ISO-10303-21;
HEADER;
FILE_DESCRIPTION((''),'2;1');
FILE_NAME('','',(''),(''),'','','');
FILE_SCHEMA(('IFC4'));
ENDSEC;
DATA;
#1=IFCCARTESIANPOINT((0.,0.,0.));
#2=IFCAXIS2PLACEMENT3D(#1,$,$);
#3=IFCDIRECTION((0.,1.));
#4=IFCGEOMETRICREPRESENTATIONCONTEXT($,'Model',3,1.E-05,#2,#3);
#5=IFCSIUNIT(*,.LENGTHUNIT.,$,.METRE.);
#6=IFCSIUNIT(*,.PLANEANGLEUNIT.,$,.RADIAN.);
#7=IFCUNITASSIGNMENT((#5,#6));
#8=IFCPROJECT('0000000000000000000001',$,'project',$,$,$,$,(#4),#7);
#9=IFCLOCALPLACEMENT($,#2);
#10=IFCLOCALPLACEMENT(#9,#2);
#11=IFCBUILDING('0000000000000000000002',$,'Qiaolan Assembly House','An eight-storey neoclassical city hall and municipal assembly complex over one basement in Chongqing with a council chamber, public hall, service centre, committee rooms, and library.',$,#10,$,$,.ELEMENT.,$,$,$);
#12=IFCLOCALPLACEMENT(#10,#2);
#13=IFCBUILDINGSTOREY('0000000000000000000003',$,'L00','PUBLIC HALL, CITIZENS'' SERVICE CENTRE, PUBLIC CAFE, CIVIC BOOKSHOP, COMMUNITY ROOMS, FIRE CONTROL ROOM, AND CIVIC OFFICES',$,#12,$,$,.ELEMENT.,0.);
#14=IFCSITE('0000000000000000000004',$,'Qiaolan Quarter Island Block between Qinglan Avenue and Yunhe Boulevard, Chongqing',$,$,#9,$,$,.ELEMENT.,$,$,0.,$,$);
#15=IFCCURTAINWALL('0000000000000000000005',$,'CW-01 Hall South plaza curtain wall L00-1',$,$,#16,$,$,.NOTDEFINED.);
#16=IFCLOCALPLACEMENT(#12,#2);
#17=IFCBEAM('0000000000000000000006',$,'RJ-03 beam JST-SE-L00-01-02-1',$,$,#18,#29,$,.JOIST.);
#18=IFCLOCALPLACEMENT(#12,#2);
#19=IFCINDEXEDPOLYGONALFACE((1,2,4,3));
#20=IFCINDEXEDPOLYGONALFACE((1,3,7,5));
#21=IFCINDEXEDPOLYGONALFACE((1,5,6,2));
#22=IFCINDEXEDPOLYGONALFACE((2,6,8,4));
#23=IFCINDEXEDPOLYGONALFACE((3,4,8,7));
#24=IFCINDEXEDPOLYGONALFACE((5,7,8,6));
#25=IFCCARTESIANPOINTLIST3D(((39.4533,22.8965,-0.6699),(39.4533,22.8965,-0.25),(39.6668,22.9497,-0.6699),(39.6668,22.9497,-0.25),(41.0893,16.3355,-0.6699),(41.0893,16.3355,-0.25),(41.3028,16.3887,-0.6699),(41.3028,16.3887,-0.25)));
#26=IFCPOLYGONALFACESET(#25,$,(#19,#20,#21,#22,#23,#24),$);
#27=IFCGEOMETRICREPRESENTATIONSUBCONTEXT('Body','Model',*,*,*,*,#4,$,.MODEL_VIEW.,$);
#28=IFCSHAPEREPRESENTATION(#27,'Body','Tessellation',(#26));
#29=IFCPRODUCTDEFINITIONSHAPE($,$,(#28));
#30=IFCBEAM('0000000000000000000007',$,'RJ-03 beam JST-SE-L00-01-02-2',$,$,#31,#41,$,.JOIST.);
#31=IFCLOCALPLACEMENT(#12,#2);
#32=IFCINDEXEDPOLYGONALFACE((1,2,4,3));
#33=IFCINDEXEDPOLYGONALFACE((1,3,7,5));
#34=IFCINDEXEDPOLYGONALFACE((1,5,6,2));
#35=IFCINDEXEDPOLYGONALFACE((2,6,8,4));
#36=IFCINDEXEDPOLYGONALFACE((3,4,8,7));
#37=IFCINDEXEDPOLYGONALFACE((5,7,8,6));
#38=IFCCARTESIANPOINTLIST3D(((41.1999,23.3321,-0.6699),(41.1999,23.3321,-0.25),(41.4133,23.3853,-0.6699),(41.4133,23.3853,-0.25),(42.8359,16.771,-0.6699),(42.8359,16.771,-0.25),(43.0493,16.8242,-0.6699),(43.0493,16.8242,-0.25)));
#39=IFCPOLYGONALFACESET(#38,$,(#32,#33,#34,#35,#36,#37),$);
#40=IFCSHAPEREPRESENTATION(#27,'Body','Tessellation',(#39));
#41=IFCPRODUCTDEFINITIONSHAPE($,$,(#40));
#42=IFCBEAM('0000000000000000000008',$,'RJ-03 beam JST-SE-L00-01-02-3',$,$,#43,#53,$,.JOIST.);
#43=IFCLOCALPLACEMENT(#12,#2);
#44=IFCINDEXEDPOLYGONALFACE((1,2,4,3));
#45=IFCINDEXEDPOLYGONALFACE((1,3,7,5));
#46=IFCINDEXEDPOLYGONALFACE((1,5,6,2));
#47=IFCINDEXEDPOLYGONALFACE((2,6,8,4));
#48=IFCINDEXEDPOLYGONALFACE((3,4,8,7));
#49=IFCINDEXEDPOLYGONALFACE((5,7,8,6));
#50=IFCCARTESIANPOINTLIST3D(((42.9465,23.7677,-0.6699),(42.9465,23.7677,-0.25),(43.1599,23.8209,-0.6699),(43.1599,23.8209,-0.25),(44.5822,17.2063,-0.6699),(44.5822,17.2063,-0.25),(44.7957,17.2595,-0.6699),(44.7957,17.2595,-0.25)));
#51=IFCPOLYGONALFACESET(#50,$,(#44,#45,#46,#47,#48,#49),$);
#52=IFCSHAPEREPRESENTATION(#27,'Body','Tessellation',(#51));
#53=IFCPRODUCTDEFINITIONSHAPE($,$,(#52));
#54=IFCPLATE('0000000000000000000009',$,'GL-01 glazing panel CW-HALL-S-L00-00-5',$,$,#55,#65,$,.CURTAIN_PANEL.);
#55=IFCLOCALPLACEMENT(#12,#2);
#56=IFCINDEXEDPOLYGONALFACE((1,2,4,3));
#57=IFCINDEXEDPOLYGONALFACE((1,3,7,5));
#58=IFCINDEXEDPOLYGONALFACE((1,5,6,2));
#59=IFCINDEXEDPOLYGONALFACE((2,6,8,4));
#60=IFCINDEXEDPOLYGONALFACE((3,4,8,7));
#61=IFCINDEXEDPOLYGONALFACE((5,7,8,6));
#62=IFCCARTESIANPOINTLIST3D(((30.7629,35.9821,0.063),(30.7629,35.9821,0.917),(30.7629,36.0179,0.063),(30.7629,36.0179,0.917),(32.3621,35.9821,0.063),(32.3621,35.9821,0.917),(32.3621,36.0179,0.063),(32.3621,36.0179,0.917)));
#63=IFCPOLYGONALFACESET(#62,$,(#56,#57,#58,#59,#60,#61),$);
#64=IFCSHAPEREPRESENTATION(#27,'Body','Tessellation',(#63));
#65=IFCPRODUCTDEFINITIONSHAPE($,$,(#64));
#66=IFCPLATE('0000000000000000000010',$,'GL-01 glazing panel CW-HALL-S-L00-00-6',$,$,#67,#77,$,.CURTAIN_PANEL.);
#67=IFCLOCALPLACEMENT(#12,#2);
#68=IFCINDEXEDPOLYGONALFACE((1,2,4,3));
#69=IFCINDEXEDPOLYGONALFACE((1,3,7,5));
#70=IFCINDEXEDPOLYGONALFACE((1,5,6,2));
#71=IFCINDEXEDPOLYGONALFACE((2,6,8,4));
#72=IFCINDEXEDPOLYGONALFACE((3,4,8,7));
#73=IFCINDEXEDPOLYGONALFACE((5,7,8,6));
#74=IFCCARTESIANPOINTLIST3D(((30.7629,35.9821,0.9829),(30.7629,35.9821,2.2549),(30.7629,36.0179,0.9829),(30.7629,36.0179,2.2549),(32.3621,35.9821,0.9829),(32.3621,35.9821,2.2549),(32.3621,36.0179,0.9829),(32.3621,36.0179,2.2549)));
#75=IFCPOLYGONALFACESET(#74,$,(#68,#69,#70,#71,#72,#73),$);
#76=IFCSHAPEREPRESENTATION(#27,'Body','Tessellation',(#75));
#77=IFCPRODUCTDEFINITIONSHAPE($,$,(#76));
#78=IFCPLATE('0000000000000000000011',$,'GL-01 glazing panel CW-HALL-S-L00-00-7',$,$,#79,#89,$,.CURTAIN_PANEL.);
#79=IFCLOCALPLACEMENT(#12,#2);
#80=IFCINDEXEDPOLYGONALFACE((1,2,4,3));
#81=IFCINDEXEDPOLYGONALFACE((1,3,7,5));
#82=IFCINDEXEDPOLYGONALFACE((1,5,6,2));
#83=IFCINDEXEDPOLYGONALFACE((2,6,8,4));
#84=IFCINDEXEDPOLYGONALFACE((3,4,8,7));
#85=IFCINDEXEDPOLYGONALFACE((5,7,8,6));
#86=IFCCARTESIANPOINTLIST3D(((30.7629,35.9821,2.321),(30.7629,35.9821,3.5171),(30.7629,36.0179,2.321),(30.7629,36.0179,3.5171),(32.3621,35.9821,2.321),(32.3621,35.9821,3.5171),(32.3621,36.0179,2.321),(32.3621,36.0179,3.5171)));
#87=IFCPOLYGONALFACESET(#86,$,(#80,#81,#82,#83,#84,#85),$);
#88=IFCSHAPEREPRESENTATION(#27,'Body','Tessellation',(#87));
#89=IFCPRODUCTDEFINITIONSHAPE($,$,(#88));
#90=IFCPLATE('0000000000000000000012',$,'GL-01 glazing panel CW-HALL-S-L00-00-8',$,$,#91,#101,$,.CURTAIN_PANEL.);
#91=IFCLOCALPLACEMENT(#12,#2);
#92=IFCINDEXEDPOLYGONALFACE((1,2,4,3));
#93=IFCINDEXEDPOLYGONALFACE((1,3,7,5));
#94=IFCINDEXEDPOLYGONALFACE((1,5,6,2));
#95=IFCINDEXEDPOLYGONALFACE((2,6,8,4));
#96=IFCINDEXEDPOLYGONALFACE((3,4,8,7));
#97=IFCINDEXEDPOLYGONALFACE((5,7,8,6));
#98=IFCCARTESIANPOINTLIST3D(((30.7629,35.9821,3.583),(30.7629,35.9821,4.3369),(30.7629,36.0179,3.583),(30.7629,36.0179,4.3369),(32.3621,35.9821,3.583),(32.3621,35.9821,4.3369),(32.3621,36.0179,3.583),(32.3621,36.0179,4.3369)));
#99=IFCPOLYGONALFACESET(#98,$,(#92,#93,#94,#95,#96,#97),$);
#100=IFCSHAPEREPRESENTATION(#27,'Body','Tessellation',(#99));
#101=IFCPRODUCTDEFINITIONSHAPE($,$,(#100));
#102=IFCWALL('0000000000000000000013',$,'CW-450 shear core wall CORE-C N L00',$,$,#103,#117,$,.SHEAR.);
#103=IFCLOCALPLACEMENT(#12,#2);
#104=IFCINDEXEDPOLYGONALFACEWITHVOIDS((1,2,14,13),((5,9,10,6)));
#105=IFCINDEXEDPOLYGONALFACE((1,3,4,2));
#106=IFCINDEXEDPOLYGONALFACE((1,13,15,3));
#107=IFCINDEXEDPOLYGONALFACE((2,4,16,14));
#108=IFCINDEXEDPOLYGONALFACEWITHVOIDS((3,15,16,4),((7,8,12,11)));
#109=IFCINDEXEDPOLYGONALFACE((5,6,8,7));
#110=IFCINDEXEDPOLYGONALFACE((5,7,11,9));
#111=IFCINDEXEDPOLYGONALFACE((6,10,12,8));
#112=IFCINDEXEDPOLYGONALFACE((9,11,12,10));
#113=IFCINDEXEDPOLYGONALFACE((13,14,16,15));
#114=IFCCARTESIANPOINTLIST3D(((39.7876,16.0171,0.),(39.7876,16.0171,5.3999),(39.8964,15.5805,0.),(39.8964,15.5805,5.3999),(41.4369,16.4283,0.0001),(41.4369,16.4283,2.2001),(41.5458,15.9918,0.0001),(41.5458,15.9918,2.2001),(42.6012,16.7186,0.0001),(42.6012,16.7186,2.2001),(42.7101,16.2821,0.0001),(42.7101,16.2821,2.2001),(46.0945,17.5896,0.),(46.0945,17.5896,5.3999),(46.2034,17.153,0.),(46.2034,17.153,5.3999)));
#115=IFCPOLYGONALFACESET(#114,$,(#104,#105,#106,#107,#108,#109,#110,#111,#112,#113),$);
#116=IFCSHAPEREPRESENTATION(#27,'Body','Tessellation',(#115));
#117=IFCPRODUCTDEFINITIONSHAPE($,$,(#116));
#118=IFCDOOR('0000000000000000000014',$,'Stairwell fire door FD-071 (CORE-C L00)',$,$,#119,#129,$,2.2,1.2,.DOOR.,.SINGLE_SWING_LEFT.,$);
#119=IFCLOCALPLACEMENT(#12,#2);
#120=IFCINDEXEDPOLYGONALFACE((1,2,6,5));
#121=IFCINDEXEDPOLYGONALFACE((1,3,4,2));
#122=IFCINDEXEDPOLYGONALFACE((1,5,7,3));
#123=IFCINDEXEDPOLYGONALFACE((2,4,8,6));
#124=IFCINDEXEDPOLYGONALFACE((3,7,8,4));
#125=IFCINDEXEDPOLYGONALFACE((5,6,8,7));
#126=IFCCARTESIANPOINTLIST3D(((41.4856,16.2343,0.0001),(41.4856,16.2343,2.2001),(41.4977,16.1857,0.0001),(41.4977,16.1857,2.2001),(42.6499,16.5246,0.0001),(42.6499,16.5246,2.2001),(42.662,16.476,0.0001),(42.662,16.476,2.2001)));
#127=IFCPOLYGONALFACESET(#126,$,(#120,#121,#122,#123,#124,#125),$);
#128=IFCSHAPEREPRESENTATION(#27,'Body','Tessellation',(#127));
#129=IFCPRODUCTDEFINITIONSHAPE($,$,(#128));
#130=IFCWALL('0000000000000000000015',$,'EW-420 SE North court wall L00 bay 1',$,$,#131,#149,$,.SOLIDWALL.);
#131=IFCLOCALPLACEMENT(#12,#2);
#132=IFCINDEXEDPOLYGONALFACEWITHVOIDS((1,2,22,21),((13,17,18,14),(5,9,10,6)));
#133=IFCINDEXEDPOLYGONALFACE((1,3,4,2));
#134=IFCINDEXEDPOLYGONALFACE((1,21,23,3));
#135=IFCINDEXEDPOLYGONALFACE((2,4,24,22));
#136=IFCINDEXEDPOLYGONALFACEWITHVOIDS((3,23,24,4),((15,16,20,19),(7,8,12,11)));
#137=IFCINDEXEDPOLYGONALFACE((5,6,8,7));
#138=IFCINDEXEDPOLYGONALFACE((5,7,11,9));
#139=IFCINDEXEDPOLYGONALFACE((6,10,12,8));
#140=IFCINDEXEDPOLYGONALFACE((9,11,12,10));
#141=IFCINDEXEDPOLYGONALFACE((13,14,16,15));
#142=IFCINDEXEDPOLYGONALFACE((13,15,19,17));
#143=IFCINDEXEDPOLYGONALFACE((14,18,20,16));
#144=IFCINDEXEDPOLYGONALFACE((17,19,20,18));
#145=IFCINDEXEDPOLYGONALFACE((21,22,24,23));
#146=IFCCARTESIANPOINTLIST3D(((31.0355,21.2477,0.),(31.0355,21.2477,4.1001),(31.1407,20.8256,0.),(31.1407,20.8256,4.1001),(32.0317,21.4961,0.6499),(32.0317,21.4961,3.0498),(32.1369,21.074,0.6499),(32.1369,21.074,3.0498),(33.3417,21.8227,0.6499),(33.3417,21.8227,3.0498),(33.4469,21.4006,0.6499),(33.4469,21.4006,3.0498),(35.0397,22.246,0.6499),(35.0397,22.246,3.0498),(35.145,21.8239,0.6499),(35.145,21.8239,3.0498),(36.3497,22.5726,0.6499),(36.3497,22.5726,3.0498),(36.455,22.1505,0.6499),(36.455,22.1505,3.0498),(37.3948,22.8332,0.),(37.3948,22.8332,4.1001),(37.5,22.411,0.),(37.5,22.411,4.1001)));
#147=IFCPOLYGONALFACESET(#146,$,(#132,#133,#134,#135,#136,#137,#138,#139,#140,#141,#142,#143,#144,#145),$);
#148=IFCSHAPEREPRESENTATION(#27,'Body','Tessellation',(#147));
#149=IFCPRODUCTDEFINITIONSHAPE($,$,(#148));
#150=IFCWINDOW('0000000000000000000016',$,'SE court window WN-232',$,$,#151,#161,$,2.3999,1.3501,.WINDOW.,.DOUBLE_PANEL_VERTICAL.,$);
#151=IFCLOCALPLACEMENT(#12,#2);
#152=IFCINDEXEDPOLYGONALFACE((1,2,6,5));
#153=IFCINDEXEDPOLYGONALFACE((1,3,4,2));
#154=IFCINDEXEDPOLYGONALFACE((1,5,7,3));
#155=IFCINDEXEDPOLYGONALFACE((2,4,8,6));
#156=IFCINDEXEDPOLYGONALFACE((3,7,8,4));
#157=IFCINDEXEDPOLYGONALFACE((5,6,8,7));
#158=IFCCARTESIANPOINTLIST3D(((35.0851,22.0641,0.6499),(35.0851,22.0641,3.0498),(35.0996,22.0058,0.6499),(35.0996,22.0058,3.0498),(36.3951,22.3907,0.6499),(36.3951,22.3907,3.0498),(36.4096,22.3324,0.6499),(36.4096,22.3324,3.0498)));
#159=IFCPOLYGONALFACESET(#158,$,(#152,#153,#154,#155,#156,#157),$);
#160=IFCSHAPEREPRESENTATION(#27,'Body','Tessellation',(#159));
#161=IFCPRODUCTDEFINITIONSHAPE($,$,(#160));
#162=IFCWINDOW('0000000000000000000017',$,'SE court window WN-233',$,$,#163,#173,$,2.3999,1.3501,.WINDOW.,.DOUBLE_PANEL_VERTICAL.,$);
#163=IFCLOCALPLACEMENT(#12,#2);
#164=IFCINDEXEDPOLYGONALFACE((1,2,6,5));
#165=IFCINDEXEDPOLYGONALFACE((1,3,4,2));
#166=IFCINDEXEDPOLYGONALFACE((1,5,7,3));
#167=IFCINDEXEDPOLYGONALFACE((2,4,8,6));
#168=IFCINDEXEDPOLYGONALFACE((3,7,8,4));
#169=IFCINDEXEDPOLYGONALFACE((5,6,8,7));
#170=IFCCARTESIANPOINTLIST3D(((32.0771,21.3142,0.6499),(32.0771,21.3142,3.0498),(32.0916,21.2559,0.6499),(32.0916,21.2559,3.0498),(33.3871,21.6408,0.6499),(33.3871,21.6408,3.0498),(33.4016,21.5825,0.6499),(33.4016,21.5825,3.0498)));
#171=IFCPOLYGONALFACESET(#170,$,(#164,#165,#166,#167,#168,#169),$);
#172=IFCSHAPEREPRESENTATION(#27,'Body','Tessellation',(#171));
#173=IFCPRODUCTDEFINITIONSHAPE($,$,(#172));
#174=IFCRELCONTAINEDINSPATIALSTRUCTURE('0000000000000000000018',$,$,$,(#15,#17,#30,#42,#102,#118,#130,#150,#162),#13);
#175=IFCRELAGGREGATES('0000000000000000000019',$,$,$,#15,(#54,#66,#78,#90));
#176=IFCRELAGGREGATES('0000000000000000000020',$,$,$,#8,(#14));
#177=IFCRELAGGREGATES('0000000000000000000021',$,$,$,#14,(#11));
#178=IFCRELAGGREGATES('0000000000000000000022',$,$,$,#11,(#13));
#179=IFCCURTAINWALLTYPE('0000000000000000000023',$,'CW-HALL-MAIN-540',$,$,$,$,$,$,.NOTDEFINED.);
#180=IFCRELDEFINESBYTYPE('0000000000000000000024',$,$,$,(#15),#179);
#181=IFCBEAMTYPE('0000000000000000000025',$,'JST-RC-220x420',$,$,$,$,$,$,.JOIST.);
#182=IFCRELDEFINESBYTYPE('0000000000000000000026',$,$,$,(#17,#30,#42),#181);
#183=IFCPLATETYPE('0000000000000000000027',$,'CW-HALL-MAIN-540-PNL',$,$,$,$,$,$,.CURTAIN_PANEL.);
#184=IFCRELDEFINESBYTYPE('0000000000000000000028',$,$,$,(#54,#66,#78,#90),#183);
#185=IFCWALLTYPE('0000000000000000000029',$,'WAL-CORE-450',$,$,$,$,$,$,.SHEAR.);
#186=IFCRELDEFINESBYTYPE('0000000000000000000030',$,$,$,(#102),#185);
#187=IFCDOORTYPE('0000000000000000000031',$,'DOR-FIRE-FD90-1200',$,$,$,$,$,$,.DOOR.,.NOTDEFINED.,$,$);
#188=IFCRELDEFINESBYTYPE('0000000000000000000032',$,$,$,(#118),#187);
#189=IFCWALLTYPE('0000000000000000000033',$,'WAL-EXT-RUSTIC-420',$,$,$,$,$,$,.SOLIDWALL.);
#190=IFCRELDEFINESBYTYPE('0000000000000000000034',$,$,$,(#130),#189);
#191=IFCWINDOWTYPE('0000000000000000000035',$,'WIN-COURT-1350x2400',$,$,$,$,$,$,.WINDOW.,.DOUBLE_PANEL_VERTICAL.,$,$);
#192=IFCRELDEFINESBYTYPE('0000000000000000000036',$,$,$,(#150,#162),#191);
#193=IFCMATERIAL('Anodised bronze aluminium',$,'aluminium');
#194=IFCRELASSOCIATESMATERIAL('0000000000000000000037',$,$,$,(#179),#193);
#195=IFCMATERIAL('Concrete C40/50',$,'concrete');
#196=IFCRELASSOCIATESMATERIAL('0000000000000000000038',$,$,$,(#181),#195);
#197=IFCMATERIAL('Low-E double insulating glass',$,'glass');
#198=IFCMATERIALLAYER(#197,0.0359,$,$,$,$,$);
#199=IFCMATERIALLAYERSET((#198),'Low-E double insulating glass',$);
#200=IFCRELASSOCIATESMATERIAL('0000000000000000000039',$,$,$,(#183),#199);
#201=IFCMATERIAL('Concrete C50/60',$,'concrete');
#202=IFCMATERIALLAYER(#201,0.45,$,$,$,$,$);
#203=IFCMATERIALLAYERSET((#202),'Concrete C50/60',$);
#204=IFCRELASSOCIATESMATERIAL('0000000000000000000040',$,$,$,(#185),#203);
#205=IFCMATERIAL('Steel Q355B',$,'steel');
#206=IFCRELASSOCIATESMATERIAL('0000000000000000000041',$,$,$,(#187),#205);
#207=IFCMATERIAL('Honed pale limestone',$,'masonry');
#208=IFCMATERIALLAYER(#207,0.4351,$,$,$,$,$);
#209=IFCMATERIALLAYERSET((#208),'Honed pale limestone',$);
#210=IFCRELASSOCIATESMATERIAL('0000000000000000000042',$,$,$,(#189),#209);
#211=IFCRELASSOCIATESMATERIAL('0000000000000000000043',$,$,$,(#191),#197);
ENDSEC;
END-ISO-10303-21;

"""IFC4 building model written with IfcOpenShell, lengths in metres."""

from ifc_helpers import new_model, si_unit, direction, frame, frame_2d, origin, origin_2d, place, context, subcontext, project, spatial, rectangle, extrude, material, layer, layer_set, material_profile, profile_set, type_object, element, fill, aggregate, save


model = new_model("IFC4")

# Units and contexts
model_context = context("Model", 3, precision=1e-05, world=origin(), true_north=direction((0.0, 1.0)))
body_context = subcontext(model_context, "Body", "Model", "MODEL_VIEW")
ifc_project = project(units=[si_unit("LENGTHUNIT", "METRE"), si_unit("PLANEANGLEUNIT", "RADIAN")], contexts=[model_context])

# Site, building, storey
site_placement = place(None, origin())
site = spatial("IfcSite", under=ifc_project, at=site_placement, Name="Qiaolan Quarter Island Block between Qinglan Avenue and Yunhe Boulevard, Chongqing", CompositionType="ELEMENT", RefElevation=0.0)
building_placement = place(site_placement, origin())
building = spatial("IfcBuilding", under=site, at=building_placement, Name="Qiaolan Assembly House", Description="An eight-storey neoclassical city hall and municipal assembly complex over one basement in Chongqing with a council chamber, public hall, service centre, committee rooms, and library.", CompositionType="ELEMENT")
storey_placement = place(building_placement, origin())
storey = spatial("IfcBuildingStorey", under=building, at=storey_placement, Name="L00", Description="PUBLIC HALL, CITIZENS' SERVICE CENTRE, PUBLIC CAFE, CIVIC BOOKSHOP, COMMUNITY ROOMS, FIRE CONTROL ROOM, AND CIVIC OFFICES", CompositionType="ELEMENT", Elevation=0.0)

# Shared definitions
ifc_material_1 = material(Name="Concrete C50/60", Category="concrete")

# Shared definitions
ifc_material_2 = material(Name="Concrete C40/50", Category="concrete")

# Curtain wall
ifc_material_3 = material(Name="Anodised bronze aluminium", Category="aluminium")
curtain_wall_type = type_object("IfcCurtainWallType", Name="CW-HALL-MAIN-540", PredefinedType="NOTDEFINED", material=ifc_material_3)
curtain_wall_placement = place(storey_placement, origin())
curtain_wall = element("IfcCurtainWall", 1, at=curtain_wall_placement, inside=storey, type_object=curtain_wall_type, Name="CW-01 Hall South plaza curtain wall L00-1", PredefinedType="NOTDEFINED")

# Beams
ifc_material_profile_1 = material_profile(ifc_material_2, rectangle(XDim=0.22, YDim=0.4199, at=origin_2d()), Name="RCB 220x420")
ifc_profile_set_1 = profile_set([ifc_material_profile_1], Name="Concrete C40/50")
beam_type_1 = type_object("IfcBeamType", Name="JST-RC-220x420", PredefinedType="JOIST", material=ifc_profile_set_1)
for number, where, z_axis, x_axis, name in (
    (2, (41.196, 16.3621, -0.46), (-0.241941, 0.970291, 0.0), (-0.970291, -0.241941, 0.0), "RJ-03 beam JST-SE-L00-01-02-1"),
    (3, (42.9426, 16.7976, -0.46), (-0.241941, 0.970291, 0.0), (-0.970291, -0.241941, 0.0), "RJ-03 beam JST-SE-L00-01-02-2"),
):
    element("IfcBeam", number, at=place(storey_placement, frame(where, z_axis=z_axis, x_axis=x_axis)), inside=storey, type_object=beam_type_1, Name=name, PredefinedType="JOIST", context=body_context, shape_type="SweptSolid", body=[
        extrude(rectangle(XDim=0.22, YDim=0.4199, at=origin_2d()), origin(), (0.0, 0.0, 1.0), 6.762),
    ])
beam_1_placement = place(storey_placement, frame((44.689, 17.2329, -0.46), z_axis=(-0.241898, 0.970302, 0.0), x_axis=(-0.970302, -0.241898, 0.0)))
element("IfcBeam", 4, at=beam_1_placement, inside=storey, type_object=beam_type_1, Name="RJ-03 beam JST-SE-L00-01-02-3", PredefinedType="JOIST", context=body_context, shape_type="SweptSolid", body=[
    extrude(rectangle(XDim=0.22, YDim=0.4199, at=origin_2d()), origin(), (0.0, 0.0, 1.0), 6.7622),
])

# Plates
ifc_material_4 = material(Name="Low-E double insulating glass", Category="glass")
ifc_layer_1 = layer(ifc_material_4, 0.0359)
ifc_layer_set_1 = layer_set([ifc_layer_1], Name="Low-E double insulating glass")
plate_type = type_object("IfcPlateType", Name="CW-HALL-MAIN-540-PNL", PredefinedType="CURTAIN_PANEL", material=ifc_layer_set_1)
plate_1_placement = place(storey_placement, frame((30.7629, 36.0, 0.063), z_axis=(0.0, 0.0, 1.0), x_axis=(1.0, 0.0, 0.0)))
plate_1 = element("IfcPlate", 5, at=plate_1_placement, type_object=plate_type, Name="GL-01 glazing panel CW-HALL-S-L00-00-5", PredefinedType="CURTAIN_PANEL", context=body_context, shape_type="SweptSolid", body=[
    extrude(rectangle(XDim=1.5991, YDim=0.0359, at=frame_2d((0.7996, 0.0))), origin(), (0.0, 0.0, 1.0), 0.854),
])
plate_2_placement = place(storey_placement, frame((30.7629, 36.0, 0.9829), z_axis=(0.0, 0.0, 1.0), x_axis=(1.0, 0.0, 0.0)))
plate_2 = element("IfcPlate", 6, at=plate_2_placement, type_object=plate_type, Name="GL-01 glazing panel CW-HALL-S-L00-00-6", PredefinedType="CURTAIN_PANEL", context=body_context, shape_type="SweptSolid", body=[
    extrude(rectangle(XDim=1.5991, YDim=0.0359, at=frame_2d((0.7996, 0.0))), origin(), (0.0, 0.0, 1.0), 1.272),
])
plate_3_placement = place(storey_placement, frame((30.7629, 36.0, 2.321), z_axis=(0.0, 0.0, 1.0), x_axis=(1.0, 0.0, 0.0)))
plate_3 = element("IfcPlate", 7, at=plate_3_placement, type_object=plate_type, Name="GL-01 glazing panel CW-HALL-S-L00-00-7", PredefinedType="CURTAIN_PANEL", context=body_context, shape_type="SweptSolid", body=[
    extrude(rectangle(XDim=1.5991, YDim=0.0359, at=frame_2d((0.7996, 0.0))), origin(), (0.0, 0.0, 1.0), 1.196),
])
plate_4_placement = place(storey_placement, frame((30.7629, 36.0, 3.583), z_axis=(0.0, 0.0, 1.0), x_axis=(1.0, 0.0, 0.0)))
plate_4 = element("IfcPlate", 8, at=plate_4_placement, type_object=plate_type, Name="GL-01 glazing panel CW-HALL-S-L00-00-8", PredefinedType="CURTAIN_PANEL", context=body_context, shape_type="SweptSolid", body=[
    extrude(rectangle(XDim=1.5991, YDim=0.0359, at=frame_2d((0.7996, 0.0))), origin(), (0.0, 0.0, 1.0), 0.7539),
])
aggregate(curtain_wall, [plate_1, plate_2, plate_3, plate_4])

# Wall, opening, door
ifc_layer_2 = layer(ifc_material_1, 0.45)
ifc_layer_set_2 = layer_set([ifc_layer_2], Name="Concrete C50/60")
wall_type_1 = type_object("IfcWallType", Name="WAL-CORE-450", PredefinedType="SHEAR", material=ifc_layer_set_2)
wall_1_placement = place(storey_placement, frame((46.1489, 17.3713, 0.0), z_axis=(0.0, 0.0, 1.0), x_axis=(-0.970295, -0.241926, 0.0)))
wall_1 = element("IfcWall", 9, at=wall_1_placement, inside=storey, type_object=wall_type_1, Name="CW-450 shear core wall CORE-C N L00", PredefinedType="SHEAR", context=body_context, shape_type="SweptSolid", body=[
    extrude(rectangle(XDim=6.5, YDim=0.45, at=frame_2d((3.25, 0.0))), origin(), (0.0, 0.0, 1.0), 5.3999),
])
opening_1_placement = place(wall_1_placement, frame((3.6001, 0.0, 0.0)))
opening_1 = element("IfcOpeningElement", 10, at=opening_1_placement, cuts=wall_1, PredefinedType="OPENING", context=body_context, shape_type="SweptSolid", body=[
    extrude(rectangle(XDim=1.2, YDim=2.2, at=frame_2d((0.6001, 1.1001))), frame((0.0, 0.2349, 0.0), z_axis=(0.0, -1.0, 0.0), x_axis=(1.0, 0.0, 0.0)), (0.0, 0.0, 1.0), 0.47),
])
ifc_material_5 = material(Name="Steel Q355B", Category="steel")
door_type_1 = type_object("IfcDoorType", Name="DOR-FIRE-FD90-1200", OperationType="NOTDEFINED", PredefinedType="DOOR", material=ifc_material_5)
door_1_placement = place(opening_1_placement, frame((1.2, 0.0, 0.0), z_axis=(0.0, 0.0, 1.0), x_axis=(-1.0, 0.0, 0.0)))
door_1 = element("IfcDoor", 11, at=door_1_placement, inside=storey, type_object=door_type_1, Name="Stairwell fire door FD-071 (CORE-C L00)", OperationType="SINGLE_SWING_LEFT", OverallHeight=2.2, OverallWidth=1.2, PredefinedType="DOOR", context=body_context, shape_type="SweptSolid", body=[
    extrude(rectangle(XDim=1.2, YDim=2.2, at=frame_2d((0.6001, 1.1001))), frame((0.0, 0.0249, 0.0), z_axis=(0.0, -1.0, 0.0), x_axis=(1.0, 0.0, 0.0)), (0.0, 0.0, 1.0), 0.05),
])
fill(opening_1, door_1)

# Wall, openings, windows
ifc_material_6 = material(Name="Honed pale limestone", Category="masonry")
ifc_layer_3 = layer(ifc_material_6, 0.4351)
ifc_layer_set_3 = layer_set([ifc_layer_3], Name="Honed pale limestone")
wall_type_2 = type_object("IfcWallType", Name="WAL-EXT-RUSTIC-420", PredefinedType="SOLIDWALL", material=ifc_layer_set_3)
wall_2_placement = place(storey_placement, frame((37.4473, 22.6221, 0.0), z_axis=(0.0, 0.0, 1.0), x_axis=(-0.9703, -0.241905, 0.0)))
wall_2 = element("IfcWall", 12, at=wall_2_placement, inside=storey, type_object=wall_type_2, Name="EW-420 SE North court wall L00 bay 1", PredefinedType="SOLIDWALL", context=body_context, shape_type="SweptSolid", body=[
    extrude(rectangle(XDim=6.554, YDim=0.4351, at=frame_2d((3.2769, 0.0))), origin(), (0.0, 0.0, 1.0), 4.1001),
])
opening_2_placement = place(wall_2_placement, frame((1.0769, 0.0, 0.6499)))
opening_2 = element("IfcOpeningElement", 13, at=opening_2_placement, cuts=wall_2, PredefinedType="OPENING", context=body_context, shape_type="SweptSolid", body=[
    extrude(rectangle(XDim=1.3501, YDim=2.3999, at=frame_2d((0.675, 1.2))), frame((0.0, 0.2275, 0.0), z_axis=(0.0, -1.0, 0.0), x_axis=(1.0, 0.0, 0.0)), (0.0, 0.0, 1.0), 0.4551),
])
opening_3_placement = place(wall_2_placement, frame((4.177, 0.0, 0.6499)))
opening_3 = element("IfcOpeningElement", 14, at=opening_3_placement, cuts=wall_2, PredefinedType="OPENING", context=body_context, shape_type="SweptSolid", body=[
    extrude(rectangle(XDim=1.3501, YDim=2.3999, at=frame_2d((0.675, 1.2))), frame((0.0, 0.2275, 0.0), z_axis=(0.0, -1.0, 0.0), x_axis=(1.0, 0.0, 0.0)), (0.0, 0.0, 1.0), 0.4551),
])
window_type = type_object("IfcWindowType", Name="WIN-COURT-1350x2400", PartitioningType="DOUBLE_PANEL_VERTICAL", PredefinedType="WINDOW", material=ifc_material_4)
window_1_placement = place(opening_2_placement, origin())
window_1 = element("IfcWindow", 15, at=window_1_placement, inside=storey, type_object=window_type, Name="SE court window WN-232", OverallHeight=2.3999, OverallWidth=1.3501, PartitioningType="DOUBLE_PANEL_VERTICAL", PredefinedType="WINDOW", context=body_context, shape_type="SweptSolid", body=[
    extrude(rectangle(XDim=1.3501, YDim=2.3999, at=frame_2d((0.675, 1.2))), frame((0.0, 0.03, 0.0), z_axis=(0.0, -1.0, 0.0), x_axis=(1.0, 0.0, 0.0)), (0.0, 0.0, 1.0), 0.0601),
])
fill(opening_2, window_1)
window_2_placement = place(opening_3_placement, origin())
window_2 = element("IfcWindow", 16, at=window_2_placement, inside=storey, type_object=window_type, Name="SE court window WN-233", OverallHeight=2.3999, OverallWidth=1.3501, PartitioningType="DOUBLE_PANEL_VERTICAL", PredefinedType="WINDOW", context=body_context, shape_type="SweptSolid", body=[
    extrude(rectangle(XDim=1.3501, YDim=2.3999, at=frame_2d((0.675, 1.2))), frame((0.0, 0.03, 0.0), z_axis=(0.0, -1.0, 0.0), x_axis=(1.0, 0.0, 0.0)), (0.0, 0.0, 1.0), 0.0601),
])
fill(opening_3, window_2)

save(model, "model.ifc")
